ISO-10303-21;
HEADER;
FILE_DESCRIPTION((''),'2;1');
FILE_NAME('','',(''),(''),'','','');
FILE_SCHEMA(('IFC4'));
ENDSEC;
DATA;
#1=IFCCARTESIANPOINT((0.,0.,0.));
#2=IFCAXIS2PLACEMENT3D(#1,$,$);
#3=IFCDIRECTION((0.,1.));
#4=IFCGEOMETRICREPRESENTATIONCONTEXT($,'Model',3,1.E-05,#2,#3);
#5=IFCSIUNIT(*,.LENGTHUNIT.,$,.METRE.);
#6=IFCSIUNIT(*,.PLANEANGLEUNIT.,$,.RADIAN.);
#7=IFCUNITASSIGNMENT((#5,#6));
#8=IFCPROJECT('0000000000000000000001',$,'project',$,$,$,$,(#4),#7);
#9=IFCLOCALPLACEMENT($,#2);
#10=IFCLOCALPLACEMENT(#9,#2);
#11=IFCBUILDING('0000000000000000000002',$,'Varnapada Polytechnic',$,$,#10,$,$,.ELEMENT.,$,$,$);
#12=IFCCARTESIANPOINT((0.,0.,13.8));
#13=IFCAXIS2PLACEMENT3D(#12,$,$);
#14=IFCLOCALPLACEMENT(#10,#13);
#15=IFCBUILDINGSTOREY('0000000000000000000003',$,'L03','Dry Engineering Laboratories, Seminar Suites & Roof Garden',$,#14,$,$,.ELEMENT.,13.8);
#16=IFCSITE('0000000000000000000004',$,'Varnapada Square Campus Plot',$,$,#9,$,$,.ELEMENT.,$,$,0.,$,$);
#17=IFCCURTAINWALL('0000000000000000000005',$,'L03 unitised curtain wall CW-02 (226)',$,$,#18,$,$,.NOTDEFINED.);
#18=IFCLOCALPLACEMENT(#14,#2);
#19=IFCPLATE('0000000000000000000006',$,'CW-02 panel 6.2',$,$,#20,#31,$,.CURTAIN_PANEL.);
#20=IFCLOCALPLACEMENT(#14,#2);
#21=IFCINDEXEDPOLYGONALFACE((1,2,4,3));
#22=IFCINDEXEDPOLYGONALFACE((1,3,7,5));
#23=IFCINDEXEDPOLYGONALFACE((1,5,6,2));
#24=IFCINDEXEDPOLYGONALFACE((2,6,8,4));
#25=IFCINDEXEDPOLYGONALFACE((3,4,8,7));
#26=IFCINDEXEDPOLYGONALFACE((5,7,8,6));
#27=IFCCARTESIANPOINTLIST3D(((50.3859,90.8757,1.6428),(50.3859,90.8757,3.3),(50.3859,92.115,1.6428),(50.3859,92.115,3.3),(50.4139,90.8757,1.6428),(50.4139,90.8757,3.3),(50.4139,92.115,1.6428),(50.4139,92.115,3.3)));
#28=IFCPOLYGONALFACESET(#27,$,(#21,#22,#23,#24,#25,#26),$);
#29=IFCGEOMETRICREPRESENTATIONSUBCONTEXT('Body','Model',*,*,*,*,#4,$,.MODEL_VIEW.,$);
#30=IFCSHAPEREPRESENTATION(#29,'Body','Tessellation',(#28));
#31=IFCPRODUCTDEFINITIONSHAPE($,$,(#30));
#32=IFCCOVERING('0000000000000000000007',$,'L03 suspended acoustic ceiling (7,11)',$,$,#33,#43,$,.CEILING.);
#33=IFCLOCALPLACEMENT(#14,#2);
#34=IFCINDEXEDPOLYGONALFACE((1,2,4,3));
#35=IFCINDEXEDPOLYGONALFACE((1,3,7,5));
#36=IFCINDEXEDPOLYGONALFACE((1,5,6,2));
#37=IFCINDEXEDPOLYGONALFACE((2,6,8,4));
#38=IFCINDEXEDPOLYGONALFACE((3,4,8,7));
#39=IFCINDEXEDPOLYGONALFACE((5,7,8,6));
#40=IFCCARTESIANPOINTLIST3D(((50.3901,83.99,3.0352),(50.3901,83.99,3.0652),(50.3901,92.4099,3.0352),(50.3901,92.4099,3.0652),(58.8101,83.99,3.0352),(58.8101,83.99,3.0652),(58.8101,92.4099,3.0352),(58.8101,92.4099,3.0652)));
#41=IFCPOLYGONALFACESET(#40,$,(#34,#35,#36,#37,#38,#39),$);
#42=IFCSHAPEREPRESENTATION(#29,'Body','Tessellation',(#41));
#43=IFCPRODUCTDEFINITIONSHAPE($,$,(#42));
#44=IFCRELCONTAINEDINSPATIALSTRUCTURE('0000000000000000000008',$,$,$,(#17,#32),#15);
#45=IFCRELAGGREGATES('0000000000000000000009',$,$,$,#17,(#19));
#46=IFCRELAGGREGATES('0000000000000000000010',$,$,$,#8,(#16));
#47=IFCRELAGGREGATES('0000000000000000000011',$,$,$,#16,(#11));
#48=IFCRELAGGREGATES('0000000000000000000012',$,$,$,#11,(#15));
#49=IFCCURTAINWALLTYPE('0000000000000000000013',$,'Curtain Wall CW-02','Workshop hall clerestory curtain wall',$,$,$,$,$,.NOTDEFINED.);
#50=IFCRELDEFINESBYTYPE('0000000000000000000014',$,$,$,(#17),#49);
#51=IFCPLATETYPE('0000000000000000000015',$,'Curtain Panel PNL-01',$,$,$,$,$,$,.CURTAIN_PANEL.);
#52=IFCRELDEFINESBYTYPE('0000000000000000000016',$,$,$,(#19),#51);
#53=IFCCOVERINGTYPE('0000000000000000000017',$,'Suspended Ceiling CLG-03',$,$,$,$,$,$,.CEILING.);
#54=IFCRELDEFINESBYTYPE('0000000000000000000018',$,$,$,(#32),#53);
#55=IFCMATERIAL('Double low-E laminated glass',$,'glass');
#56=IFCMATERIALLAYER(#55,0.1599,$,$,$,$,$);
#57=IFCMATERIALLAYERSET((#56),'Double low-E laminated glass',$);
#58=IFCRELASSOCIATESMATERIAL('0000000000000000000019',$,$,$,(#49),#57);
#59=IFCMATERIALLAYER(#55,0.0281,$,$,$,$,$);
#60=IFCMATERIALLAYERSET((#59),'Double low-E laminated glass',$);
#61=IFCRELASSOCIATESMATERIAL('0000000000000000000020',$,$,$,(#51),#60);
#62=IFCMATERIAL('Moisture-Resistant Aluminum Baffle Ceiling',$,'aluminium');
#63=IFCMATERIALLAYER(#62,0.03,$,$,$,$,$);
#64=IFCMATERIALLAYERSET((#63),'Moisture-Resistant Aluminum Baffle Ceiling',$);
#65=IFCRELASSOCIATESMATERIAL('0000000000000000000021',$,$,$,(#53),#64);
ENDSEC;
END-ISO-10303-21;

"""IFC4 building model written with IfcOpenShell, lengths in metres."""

from ifc_helpers import new_model, si_unit, direction, frame, origin, origin_2d, place, context, subcontext, project, spatial, rectangle, extrude, material, layer, layer_set, type_object, element, aggregate, save


model = new_model("IFC4")

# Units and contexts
model_context = context("Model", 3, precision=1e-05, world=origin(), true_north=direction((0.0, 1.0)))
body_context = subcontext(model_context, "Body", "Model", "MODEL_VIEW")
ifc_project = project(units=[si_unit("LENGTHUNIT", "METRE"), si_unit("PLANEANGLEUNIT", "RADIAN")], contexts=[model_context])

# Site, building, storey
site_placement = place(None, origin())
site = spatial("IfcSite", under=ifc_project, at=site_placement, Name="Varnapada Square Campus Plot", CompositionType="ELEMENT", RefElevation=0.0)
building_placement = place(site_placement, origin())
building = spatial("IfcBuilding", under=site, at=building_placement, Name="Varnapada Polytechnic", CompositionType="ELEMENT")
storey_placement = place(building_placement, frame((0.0, 0.0, 13.8)))
storey = spatial("IfcBuildingStorey", under=building, at=storey_placement, Name="L03", Description="Dry Engineering Laboratories, Seminar Suites & Roof Garden", CompositionType="ELEMENT", Elevation=13.8)

# Curtain wall
ifc_material_1 = material(Name="Double low-E laminated glass", Category="glass")
ifc_layer_1 = layer(ifc_material_1, 0.1599)
ifc_layer_set_1 = layer_set([ifc_layer_1], Name="Double low-E laminated glass")
curtain_wall_type = type_object("IfcCurtainWallType", Name="Curtain Wall CW-02", Description="Workshop hall clerestory curtain wall", PredefinedType="NOTDEFINED", material=ifc_layer_set_1)
curtain_wall_placement = place(storey_placement, origin())
curtain_wall = element("IfcCurtainWall", 1, at=curtain_wall_placement, inside=storey, type_object=curtain_wall_type, Name="L03 unitised curtain wall CW-02 (226)", PredefinedType="NOTDEFINED")

# Plate
ifc_layer_2 = layer(ifc_material_1, 0.0281)
ifc_layer_set_2 = layer_set([ifc_layer_2], Name="Double low-E laminated glass")
plate_type = type_object("IfcPlateType", Name="Curtain Panel PNL-01", PredefinedType="CURTAIN_PANEL", material=ifc_layer_set_2)
plate_1_placement = place(storey_placement, frame((50.3999, 91.4954, 1.6428), z_axis=(0.0, 0.0, 1.0), x_axis=(0.0, 1.0, 0.0)))
plate_1 = element("IfcPlate", 2, at=plate_1_placement, type_object=plate_type, Name="CW-02 panel 6.2", PredefinedType="CURTAIN_PANEL", context=body_context, shape_type="SweptSolid", body=[
    extrude(rectangle(XDim=1.2393, YDim=0.0281, at=origin_2d()), origin(), (0.0, 0.0, 1.0), 1.6572),
])
aggregate(curtain_wall, [plate_1])

# Covering
ifc_material_2 = material(Name="Moisture-Resistant Aluminum Baffle Ceiling", Category="aluminium")
ifc_layer_3 = layer(ifc_material_2, 0.03)
ifc_layer_set_3 = layer_set([ifc_layer_3], Name="Moisture-Resistant Aluminum Baffle Ceiling")
covering_type = type_object("IfcCoveringType", Name="Suspended Ceiling CLG-03", PredefinedType="CEILING", material=ifc_layer_set_3)
covering_placement = place(storey_placement, frame((54.6001, 88.2, 3.0352), z_axis=(0.0, 0.0, 1.0), x_axis=(1.0, 0.0, 0.0)))
element("IfcCovering", 3, at=covering_placement, inside=storey, type_object=covering_type, Name="L03 suspended acoustic ceiling (7,11)", PredefinedType="CEILING", context=body_context, shape_type="SweptSolid", body=[
    extrude(rectangle(XDim=8.4199, YDim=8.4199, at=origin_2d()), origin(), (0.0, 0.0, 1.0), 0.03),
])

save(model, "model.ifc")
